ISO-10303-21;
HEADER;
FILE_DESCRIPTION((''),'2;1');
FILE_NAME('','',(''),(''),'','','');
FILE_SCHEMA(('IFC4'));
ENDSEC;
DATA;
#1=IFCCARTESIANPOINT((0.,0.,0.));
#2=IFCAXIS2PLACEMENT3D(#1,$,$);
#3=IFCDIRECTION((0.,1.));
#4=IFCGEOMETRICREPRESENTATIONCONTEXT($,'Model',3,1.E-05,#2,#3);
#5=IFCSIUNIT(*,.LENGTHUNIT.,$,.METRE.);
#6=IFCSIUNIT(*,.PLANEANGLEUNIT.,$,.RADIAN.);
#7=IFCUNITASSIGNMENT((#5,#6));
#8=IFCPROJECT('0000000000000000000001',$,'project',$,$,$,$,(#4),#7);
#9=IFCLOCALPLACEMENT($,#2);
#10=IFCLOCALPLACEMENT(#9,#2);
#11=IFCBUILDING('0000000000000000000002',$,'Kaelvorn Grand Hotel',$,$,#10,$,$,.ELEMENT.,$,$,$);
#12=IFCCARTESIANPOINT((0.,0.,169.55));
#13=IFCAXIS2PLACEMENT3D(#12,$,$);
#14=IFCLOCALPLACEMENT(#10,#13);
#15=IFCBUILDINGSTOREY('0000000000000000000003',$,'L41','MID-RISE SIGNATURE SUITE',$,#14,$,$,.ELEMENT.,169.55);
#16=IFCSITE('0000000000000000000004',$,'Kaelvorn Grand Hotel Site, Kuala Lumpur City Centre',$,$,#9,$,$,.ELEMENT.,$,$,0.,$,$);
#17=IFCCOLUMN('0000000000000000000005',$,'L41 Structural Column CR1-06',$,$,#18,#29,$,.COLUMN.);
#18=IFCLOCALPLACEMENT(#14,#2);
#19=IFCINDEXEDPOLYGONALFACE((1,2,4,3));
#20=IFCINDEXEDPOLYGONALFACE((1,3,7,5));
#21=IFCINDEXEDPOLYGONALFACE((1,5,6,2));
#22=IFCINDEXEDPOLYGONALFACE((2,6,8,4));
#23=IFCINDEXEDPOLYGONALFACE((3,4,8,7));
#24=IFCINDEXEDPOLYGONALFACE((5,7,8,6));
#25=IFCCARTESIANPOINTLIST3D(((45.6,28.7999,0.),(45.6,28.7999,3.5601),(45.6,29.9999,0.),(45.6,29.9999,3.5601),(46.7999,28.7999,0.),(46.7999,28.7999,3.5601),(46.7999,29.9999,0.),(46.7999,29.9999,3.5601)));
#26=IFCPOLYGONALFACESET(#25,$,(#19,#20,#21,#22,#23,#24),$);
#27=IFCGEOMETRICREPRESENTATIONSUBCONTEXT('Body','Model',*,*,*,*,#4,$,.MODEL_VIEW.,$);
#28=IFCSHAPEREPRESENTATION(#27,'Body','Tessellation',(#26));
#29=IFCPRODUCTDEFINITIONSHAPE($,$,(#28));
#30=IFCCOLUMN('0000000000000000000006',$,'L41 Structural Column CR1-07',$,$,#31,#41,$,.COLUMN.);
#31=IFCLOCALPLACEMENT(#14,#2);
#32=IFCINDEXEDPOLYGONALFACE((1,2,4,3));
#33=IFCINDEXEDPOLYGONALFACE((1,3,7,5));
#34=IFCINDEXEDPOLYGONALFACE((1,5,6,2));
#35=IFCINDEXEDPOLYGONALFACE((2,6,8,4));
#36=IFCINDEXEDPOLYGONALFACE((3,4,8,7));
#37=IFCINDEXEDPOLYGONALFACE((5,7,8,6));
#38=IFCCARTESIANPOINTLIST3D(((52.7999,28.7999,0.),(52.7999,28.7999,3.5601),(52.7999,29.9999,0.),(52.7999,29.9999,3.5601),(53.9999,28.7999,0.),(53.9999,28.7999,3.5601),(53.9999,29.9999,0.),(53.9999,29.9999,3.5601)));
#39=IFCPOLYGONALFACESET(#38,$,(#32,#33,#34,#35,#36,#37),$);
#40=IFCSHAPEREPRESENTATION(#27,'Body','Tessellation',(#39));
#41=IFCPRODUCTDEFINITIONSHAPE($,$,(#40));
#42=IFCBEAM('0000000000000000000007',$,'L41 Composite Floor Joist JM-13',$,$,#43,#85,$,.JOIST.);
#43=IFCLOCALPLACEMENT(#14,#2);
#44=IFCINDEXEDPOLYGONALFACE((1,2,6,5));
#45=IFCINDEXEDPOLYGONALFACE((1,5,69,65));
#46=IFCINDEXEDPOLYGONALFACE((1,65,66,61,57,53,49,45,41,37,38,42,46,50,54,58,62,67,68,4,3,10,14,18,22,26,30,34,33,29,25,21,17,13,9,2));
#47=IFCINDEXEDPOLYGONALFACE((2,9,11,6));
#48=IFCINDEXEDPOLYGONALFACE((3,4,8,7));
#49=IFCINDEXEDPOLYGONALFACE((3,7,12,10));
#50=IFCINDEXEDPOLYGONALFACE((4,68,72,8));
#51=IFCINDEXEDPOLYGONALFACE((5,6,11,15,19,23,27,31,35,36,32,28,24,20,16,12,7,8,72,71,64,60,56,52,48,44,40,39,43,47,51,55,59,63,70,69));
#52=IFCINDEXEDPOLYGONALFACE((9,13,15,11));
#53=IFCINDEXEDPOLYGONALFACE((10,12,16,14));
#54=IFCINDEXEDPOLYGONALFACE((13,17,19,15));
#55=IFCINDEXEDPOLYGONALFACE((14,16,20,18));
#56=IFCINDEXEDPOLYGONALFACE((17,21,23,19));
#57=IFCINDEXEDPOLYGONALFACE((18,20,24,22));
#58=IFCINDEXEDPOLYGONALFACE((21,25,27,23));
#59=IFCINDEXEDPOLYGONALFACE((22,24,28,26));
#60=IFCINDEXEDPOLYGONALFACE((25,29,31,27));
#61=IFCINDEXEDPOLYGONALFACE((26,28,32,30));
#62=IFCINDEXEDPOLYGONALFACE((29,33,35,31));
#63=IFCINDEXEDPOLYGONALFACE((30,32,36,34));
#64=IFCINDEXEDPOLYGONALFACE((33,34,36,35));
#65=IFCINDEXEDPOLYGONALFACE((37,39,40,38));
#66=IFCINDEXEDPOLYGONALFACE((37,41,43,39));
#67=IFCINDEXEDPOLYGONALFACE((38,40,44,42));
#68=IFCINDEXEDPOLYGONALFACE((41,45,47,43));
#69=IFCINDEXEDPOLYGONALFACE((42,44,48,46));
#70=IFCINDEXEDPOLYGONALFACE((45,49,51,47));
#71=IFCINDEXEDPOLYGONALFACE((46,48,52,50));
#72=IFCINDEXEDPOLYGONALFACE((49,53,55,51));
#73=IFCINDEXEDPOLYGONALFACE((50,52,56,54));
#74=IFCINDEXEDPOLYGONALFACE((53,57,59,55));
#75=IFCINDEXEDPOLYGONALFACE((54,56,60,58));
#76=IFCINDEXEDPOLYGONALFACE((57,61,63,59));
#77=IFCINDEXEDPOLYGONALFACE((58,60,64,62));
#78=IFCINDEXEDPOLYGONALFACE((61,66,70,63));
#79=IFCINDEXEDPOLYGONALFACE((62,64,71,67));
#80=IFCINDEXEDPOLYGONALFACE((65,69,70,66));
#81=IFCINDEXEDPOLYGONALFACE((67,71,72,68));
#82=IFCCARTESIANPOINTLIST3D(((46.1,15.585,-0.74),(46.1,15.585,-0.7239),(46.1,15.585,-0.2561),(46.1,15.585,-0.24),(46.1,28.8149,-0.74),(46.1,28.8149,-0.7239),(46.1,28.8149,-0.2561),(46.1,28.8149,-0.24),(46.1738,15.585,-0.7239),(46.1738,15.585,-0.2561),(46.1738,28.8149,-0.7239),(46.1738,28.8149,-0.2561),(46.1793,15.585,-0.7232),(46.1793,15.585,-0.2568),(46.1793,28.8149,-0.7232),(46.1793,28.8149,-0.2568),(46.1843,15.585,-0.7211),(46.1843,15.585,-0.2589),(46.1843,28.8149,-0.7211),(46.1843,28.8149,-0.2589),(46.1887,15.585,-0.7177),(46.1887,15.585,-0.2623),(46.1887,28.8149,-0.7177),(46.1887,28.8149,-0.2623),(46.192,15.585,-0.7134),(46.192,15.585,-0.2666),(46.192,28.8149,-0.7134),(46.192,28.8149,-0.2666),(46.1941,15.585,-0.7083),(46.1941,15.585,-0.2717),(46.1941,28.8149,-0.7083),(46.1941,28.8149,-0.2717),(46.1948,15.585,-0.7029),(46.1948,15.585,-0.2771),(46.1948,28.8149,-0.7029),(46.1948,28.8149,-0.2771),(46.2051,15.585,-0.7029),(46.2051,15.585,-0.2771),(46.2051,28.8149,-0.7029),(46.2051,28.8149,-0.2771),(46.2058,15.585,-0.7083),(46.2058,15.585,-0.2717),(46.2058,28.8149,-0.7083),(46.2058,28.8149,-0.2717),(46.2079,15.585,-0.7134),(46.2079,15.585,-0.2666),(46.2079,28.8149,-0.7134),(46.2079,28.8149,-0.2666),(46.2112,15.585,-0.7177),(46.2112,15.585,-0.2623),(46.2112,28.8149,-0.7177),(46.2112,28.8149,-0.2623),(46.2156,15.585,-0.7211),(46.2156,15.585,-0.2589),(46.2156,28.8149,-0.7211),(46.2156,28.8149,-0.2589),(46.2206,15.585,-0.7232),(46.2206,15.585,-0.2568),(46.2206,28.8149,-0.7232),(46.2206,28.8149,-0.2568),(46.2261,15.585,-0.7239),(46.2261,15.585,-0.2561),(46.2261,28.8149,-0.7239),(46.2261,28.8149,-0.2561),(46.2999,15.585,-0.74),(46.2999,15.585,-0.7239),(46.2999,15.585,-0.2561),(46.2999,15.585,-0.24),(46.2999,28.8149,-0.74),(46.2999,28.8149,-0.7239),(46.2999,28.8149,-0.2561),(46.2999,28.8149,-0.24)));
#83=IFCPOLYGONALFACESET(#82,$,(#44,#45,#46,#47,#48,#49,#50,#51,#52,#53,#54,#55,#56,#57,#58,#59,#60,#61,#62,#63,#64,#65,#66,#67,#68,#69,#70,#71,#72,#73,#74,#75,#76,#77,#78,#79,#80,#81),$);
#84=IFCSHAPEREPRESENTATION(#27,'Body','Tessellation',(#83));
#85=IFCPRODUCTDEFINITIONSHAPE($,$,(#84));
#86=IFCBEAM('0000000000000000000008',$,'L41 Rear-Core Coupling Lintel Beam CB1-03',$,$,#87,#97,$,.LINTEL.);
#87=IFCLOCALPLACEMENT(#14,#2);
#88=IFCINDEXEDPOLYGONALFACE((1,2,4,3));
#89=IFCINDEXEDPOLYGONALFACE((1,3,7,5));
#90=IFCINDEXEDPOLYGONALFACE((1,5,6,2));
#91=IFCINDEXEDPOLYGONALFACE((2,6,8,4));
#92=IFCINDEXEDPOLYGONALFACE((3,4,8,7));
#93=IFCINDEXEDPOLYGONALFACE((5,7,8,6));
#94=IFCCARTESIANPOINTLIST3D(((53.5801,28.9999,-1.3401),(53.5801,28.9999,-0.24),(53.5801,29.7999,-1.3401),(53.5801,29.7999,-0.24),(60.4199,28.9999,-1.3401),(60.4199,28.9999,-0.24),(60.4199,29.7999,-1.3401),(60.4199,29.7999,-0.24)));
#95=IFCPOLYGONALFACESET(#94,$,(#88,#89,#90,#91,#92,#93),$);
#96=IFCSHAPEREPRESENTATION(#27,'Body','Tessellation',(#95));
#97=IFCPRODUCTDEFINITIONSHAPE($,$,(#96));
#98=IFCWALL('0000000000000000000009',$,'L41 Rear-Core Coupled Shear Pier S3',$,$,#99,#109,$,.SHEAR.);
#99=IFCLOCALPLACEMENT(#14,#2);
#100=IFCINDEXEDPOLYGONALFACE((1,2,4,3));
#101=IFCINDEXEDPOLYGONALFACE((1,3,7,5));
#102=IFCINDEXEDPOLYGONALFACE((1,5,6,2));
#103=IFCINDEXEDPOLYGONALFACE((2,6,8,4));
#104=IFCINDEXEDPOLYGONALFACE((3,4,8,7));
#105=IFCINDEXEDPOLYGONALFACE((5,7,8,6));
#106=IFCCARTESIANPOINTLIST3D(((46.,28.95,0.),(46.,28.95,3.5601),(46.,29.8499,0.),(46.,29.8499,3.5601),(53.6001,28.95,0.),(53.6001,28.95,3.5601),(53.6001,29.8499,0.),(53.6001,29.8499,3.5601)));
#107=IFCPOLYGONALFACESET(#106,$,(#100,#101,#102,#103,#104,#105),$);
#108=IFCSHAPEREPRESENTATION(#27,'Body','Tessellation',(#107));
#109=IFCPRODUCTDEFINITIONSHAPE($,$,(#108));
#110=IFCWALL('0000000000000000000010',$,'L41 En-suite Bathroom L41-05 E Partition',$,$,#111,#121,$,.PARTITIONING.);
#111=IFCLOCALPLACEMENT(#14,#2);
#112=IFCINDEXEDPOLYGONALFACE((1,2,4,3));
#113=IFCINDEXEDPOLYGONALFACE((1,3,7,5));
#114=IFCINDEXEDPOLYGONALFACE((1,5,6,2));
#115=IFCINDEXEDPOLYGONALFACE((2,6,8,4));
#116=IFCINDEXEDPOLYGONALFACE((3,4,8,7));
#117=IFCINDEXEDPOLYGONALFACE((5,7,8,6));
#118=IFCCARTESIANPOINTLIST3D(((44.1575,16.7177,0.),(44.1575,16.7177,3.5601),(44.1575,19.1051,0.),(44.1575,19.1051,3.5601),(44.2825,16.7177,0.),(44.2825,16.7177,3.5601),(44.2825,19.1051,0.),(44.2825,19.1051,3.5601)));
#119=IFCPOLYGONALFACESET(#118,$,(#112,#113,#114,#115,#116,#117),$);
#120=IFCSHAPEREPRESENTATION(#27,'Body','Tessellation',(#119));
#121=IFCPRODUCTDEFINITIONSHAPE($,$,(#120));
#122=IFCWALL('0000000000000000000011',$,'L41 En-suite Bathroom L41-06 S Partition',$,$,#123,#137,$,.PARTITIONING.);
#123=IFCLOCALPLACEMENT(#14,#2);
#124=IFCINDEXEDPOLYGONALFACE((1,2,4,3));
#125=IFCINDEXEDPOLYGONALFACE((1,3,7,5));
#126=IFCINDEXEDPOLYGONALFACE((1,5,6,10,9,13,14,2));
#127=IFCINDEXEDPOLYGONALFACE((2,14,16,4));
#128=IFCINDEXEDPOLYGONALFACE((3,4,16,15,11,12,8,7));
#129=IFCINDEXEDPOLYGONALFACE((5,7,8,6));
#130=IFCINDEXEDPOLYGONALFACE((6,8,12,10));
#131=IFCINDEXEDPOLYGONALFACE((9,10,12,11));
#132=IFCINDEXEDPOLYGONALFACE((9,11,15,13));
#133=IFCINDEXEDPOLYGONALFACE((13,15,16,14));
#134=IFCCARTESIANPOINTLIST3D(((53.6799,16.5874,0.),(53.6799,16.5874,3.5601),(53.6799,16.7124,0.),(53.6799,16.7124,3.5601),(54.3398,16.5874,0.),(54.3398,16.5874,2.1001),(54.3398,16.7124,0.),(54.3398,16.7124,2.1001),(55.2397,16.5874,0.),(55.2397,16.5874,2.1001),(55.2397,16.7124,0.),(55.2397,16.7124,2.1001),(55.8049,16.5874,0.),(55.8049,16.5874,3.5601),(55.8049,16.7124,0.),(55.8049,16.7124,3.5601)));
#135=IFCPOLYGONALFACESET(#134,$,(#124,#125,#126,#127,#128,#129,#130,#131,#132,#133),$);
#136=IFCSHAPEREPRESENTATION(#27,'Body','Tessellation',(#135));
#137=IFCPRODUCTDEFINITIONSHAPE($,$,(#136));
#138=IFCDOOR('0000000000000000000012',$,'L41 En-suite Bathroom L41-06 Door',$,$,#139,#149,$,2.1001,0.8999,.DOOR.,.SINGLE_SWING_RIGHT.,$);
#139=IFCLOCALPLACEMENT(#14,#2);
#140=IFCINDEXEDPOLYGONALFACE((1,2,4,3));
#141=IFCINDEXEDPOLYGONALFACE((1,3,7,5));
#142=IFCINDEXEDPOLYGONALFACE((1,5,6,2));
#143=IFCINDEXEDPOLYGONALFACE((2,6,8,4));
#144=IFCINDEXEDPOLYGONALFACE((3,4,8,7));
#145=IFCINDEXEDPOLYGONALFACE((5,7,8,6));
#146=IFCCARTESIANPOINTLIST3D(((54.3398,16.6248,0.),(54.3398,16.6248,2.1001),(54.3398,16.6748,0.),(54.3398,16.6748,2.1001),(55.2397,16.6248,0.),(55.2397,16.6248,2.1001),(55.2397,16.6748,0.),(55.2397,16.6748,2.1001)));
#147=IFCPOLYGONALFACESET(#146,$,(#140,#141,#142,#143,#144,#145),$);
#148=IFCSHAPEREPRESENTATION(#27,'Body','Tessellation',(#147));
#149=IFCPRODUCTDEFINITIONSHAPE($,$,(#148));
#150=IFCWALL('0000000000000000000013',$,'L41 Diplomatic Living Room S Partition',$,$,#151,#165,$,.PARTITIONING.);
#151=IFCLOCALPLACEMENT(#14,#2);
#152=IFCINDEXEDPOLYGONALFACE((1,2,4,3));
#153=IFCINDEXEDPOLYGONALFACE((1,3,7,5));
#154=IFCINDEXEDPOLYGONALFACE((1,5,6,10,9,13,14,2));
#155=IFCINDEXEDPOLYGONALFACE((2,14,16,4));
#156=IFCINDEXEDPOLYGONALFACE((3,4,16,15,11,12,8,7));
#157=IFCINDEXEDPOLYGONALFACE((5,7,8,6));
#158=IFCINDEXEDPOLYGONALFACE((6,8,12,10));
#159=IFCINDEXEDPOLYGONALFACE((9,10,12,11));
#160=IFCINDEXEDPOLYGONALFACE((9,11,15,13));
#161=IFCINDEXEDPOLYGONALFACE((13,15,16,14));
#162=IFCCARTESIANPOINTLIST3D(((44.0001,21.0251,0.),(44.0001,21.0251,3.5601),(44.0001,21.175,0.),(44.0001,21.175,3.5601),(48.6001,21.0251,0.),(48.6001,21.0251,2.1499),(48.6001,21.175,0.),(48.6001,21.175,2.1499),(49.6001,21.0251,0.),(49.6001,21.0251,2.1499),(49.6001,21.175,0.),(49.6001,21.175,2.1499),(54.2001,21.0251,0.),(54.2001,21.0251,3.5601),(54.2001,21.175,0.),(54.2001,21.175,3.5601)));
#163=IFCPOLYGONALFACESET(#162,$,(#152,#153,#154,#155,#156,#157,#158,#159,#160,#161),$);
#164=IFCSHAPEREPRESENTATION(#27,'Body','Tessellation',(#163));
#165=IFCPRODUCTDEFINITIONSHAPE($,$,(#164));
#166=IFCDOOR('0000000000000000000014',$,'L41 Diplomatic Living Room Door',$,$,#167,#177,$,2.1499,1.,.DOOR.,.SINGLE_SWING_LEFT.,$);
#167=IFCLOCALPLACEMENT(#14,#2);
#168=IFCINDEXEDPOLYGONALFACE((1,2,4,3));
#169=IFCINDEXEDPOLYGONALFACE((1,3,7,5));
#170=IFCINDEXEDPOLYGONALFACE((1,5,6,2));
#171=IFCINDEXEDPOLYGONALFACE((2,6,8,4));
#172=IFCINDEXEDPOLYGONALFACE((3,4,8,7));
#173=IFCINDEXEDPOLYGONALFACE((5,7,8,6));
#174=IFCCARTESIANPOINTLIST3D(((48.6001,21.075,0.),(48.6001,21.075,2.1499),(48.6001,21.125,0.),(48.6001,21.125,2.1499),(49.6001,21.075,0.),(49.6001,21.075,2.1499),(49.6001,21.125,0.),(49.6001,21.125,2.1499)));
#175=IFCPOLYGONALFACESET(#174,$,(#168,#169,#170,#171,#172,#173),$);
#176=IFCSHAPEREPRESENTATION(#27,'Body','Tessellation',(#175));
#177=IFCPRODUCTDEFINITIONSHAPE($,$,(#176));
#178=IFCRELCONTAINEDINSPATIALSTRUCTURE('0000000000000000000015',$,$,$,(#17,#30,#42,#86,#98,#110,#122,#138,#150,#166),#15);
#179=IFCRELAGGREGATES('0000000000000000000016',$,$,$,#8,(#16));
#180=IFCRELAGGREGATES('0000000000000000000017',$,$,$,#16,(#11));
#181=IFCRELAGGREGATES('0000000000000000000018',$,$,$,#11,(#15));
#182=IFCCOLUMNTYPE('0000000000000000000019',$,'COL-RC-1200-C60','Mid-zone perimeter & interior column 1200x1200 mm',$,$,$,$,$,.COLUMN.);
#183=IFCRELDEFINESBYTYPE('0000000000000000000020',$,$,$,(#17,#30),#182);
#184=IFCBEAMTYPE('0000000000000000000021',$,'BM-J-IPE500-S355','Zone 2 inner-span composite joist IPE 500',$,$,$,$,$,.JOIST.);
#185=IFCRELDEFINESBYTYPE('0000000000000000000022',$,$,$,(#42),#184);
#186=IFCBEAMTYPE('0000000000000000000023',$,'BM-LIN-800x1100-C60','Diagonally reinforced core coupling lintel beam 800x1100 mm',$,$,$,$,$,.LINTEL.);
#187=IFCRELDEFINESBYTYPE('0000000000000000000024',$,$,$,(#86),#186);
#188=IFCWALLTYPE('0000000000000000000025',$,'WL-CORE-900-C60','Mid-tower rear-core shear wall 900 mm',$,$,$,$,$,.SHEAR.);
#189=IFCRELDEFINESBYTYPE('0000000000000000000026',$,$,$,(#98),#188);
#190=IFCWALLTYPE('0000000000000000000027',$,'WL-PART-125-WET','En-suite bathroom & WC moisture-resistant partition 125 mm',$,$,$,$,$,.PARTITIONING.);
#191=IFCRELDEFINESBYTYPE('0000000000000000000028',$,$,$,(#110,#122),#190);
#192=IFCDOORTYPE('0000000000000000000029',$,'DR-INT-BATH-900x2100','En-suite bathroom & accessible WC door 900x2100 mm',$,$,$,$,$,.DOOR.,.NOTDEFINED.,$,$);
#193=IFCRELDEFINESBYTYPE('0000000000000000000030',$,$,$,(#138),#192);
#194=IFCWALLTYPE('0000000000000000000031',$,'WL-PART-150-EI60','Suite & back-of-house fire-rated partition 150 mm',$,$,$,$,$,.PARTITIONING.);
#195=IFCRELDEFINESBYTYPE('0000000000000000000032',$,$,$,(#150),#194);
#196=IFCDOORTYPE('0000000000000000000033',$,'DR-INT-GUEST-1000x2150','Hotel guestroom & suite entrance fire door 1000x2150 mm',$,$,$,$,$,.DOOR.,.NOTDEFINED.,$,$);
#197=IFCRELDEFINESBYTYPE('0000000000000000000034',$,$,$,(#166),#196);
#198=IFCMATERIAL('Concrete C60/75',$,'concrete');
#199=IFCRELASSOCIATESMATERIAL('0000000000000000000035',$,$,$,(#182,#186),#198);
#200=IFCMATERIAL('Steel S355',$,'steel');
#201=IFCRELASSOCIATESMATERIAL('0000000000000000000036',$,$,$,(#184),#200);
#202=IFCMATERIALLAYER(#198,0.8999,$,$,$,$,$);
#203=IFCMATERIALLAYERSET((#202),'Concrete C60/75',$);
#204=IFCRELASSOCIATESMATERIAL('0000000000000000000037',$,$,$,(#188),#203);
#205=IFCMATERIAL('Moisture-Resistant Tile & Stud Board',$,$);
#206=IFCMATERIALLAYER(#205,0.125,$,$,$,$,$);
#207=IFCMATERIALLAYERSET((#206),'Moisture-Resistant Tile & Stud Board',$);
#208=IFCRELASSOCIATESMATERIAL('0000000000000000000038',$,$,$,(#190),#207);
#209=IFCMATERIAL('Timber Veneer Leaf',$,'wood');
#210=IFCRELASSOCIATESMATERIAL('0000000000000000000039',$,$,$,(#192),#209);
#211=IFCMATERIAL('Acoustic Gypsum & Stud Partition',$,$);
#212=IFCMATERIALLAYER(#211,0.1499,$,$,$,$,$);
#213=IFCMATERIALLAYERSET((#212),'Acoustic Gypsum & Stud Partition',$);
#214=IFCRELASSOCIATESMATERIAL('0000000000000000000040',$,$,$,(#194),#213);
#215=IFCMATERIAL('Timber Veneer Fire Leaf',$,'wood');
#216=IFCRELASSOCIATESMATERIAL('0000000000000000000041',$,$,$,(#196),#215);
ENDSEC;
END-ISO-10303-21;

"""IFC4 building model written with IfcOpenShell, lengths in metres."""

from ifc_helpers import new_model, si_unit, direction, frame, frame_2d, origin, origin_2d, place, context, subcontext, project, spatial, rectangle, i_section, extrude, material, layer, layer_set, material_profile, profile_set, type_object, element, fill, save


model = new_model("IFC4")

# Units and contexts
model_context = context("Model", 3, precision=1e-05, world=origin(), true_north=direction((0.0, 1.0)))
body_context = subcontext(model_context, "Body", "Model", "MODEL_VIEW")
ifc_project = project(units=[si_unit("LENGTHUNIT", "METRE"), si_unit("PLANEANGLEUNIT", "RADIAN")], contexts=[model_context])

# Site, building, storey
site_placement = place(None, origin())
site = spatial("IfcSite", under=ifc_project, at=site_placement, Name="Kaelvorn Grand Hotel Site, Kuala Lumpur City Centre", CompositionType="ELEMENT", RefElevation=0.0)
building_placement = place(site_placement, origin())
building = spatial("IfcBuilding", under=site, at=building_placement, Name="Kaelvorn Grand Hotel", CompositionType="ELEMENT")
storey_placement = place(building_placement, frame((0.0, 0.0, 169.55)))
storey = spatial("IfcBuildingStorey", under=building, at=storey_placement, Name="L41", Description="MID-RISE SIGNATURE SUITE", CompositionType="ELEMENT", Elevation=169.55)

# Columns
ifc_material_1 = material(Name="Concrete C60/75", Category="concrete")
ifc_material_profile_1 = material_profile(ifc_material_1, rectangle(XDim=1.2, YDim=1.2, at=origin_2d()), Name="RC COL 1200x1200")
ifc_profile_set_1 = profile_set([ifc_material_profile_1], Name="Concrete C60/75")
column_type = type_object("IfcColumnType", Name="COL-RC-1200-C60", Description="Mid-zone perimeter & interior column 1200x1200 mm", PredefinedType="COLUMN", material=ifc_profile_set_1)
for number, where, z_axis, x_axis, name in (
    (1, (46.2, 29.3999, 0.0), (0.0, 0.0, 1.0), (1.0, 0.0, 0.0), "L41 Structural Column CR1-06"),
    (2, (53.3999, 29.3999, 0.0), (0.0, 0.0, 1.0), (1.0, 0.0, 0.0), "L41 Structural Column CR1-07"),
):
    element("IfcColumn", number, at=place(storey_placement, frame(where, z_axis=z_axis, x_axis=x_axis)), inside=storey, type_object=column_type, Name=name, PredefinedType="COLUMN", context=body_context, shape_type="SweptSolid", body=[
        extrude(rectangle(XDim=1.2, YDim=1.2, at=origin_2d()), origin(), (0.0, 0.0, 1.0), 3.5601),
    ])

# Beams
ifc_material_2 = material(Name="Steel S355", Category="steel")
ifc_material_profile_2 = material_profile(ifc_material_2, i_section(OverallWidth=0.2, OverallDepth=0.5, WebThickness=0.0103, FlangeThickness=0.0161, FilletRadius=0.021, at=origin_2d()), Name="IPE 500")
ifc_profile_set_2 = profile_set([ifc_material_profile_2], Name="Steel S355")
beam_type_1 = type_object("IfcBeamType", Name="BM-J-IPE500-S355", Description="Zone 2 inner-span composite joist IPE 500", PredefinedType="JOIST", material=ifc_profile_set_2)
beam_1_placement = place(storey_placement, frame((46.2, 15.585, -0.49), z_axis=(0.0, 1.0, 0.0), x_axis=(-1.0, 0.0, 0.0)))
element("IfcBeam", 3, at=beam_1_placement, inside=storey, type_object=beam_type_1, Name="L41 Composite Floor Joist JM-13", PredefinedType="JOIST", context=body_context, shape_type="SweptSolid", body=[
    extrude(i_section(OverallWidth=0.2, OverallDepth=0.5, WebThickness=0.0103, FlangeThickness=0.0161, FilletRadius=0.021, at=origin_2d()), origin(), (0.0, 0.0, 1.0), 13.23),
])
ifc_material_profile_3 = material_profile(ifc_material_1, rectangle(XDim=0.8, YDim=1.1001, at=origin_2d()), Name="RC LINTEL 800x1100")
ifc_profile_set_3 = profile_set([ifc_material_profile_3], Name="Concrete C60/75")
beam_type_2 = type_object("IfcBeamType", Name="BM-LIN-800x1100-C60", Description="Diagonally reinforced core coupling lintel beam 800x1100 mm", PredefinedType="LINTEL", material=ifc_profile_set_3)
beam_2_placement = place(storey_placement, frame((53.5801, 29.3999, -0.79), z_axis=(1.0, 0.0, 0.0), x_axis=(0.0, 1.0, 0.0)))
element("IfcBeam", 4, at=beam_2_placement, inside=storey, type_object=beam_type_2, Name="L41 Rear-Core Coupling Lintel Beam CB1-03", PredefinedType="LINTEL", context=body_context, shape_type="SweptSolid", body=[
    extrude(rectangle(XDim=0.8, YDim=1.1001, at=origin_2d()), origin(), (0.0, 0.0, 1.0), 6.8398),
])

# Walls
ifc_layer_1 = layer(ifc_material_1, 0.8999)
ifc_layer_set_1 = layer_set([ifc_layer_1], Name="Concrete C60/75")
wall_type_1 = type_object("IfcWallType", Name="WL-CORE-900-C60", Description="Mid-tower rear-core shear wall 900 mm", PredefinedType="SHEAR", material=ifc_layer_set_1)
wall_1_placement = place(storey_placement, frame((46.0, 29.3999, 0.0), z_axis=(0.0, 0.0, 1.0), x_axis=(1.0, 0.0, 0.0)))
element("IfcWall", 5, at=wall_1_placement, inside=storey, type_object=wall_type_1, Name="L41 Rear-Core Coupled Shear Pier S3", PredefinedType="SHEAR", context=body_context, shape_type="SweptSolid", body=[
    extrude(rectangle(XDim=7.6001, YDim=0.8999, at=frame_2d((3.8, 0.0))), origin(), (0.0, 0.0, 1.0), 3.5601),
])
ifc_material_3 = material(Name="Moisture-Resistant Tile & Stud Board")
ifc_layer_2 = layer(ifc_material_3, 0.125)
ifc_layer_set_2 = layer_set([ifc_layer_2], Name="Moisture-Resistant Tile & Stud Board")
wall_type_2 = type_object("IfcWallType", Name="WL-PART-125-WET", Description="En-suite bathroom & WC moisture-resistant partition 125 mm", PredefinedType="PARTITIONING", material=ifc_layer_set_2)
wall_2_placement = place(storey_placement, frame((44.22, 16.7175, 0.0), z_axis=(0.0, 0.0, 1.0), x_axis=(0.0, 1.0, 0.0)))
element("IfcWall", 6, at=wall_2_placement, inside=storey, type_object=wall_type_2, Name="L41 En-suite Bathroom L41-05 E Partition", PredefinedType="PARTITIONING", context=body_context, shape_type="SweptSolid", body=[
    extrude(rectangle(XDim=2.3875, YDim=0.125, at=frame_2d((1.1938, 0.0))), origin(), (0.0, 0.0, 1.0), 3.5601),
])

# Walls, openings, doors
wall_3_placement = place(storey_placement, frame((53.6799, 16.6499, 0.0), z_axis=(0.0, 0.0, 1.0), x_axis=(1.0, 0.0, 0.0)))
wall_3 = element("IfcWall", 7, at=wall_3_placement, inside=storey, type_object=wall_type_2, Name="L41 En-suite Bathroom L41-06 S Partition", PredefinedType="PARTITIONING", context=body_context, shape_type="SweptSolid", body=[
    extrude(rectangle(XDim=2.125, YDim=0.125, at=frame_2d((1.0625, 0.0))), origin(), (0.0, 0.0, 1.0), 3.5601),
])
opening_1_placement = place(wall_3_placement, frame((0.6599, 0.0, 0.0)))
opening_1 = element("IfcOpeningElement", 8, at=opening_1_placement, cuts=wall_3, PredefinedType="OPENING", context=body_context, shape_type="SweptSolid", body=[
    extrude(rectangle(XDim=0.8999, YDim=2.1001, at=frame_2d((0.45, 1.05))), frame((0.0, 0.0725, 0.0), z_axis=(0.0, -1.0, 0.0), x_axis=(1.0, 0.0, 0.0)), (0.0, 0.0, 1.0), 0.145),
])
ifc_material_4 = material(Name="Timber Veneer Leaf", Category="wood")
door_type_1 = type_object("IfcDoorType", Name="DR-INT-BATH-900x2100", Description="En-suite bathroom & accessible WC door 900x2100 mm", OperationType="NOTDEFINED", PredefinedType="DOOR", material=ifc_material_4)
door_1_placement = place(opening_1_placement, origin())
door_1 = element("IfcDoor", 9, at=door_1_placement, inside=storey, type_object=door_type_1, Name="L41 En-suite Bathroom L41-06 Door", OperationType="SINGLE_SWING_RIGHT", OverallHeight=2.1001, OverallWidth=0.8999, PredefinedType="DOOR", context=body_context, shape_type="SweptSolid", body=[
    extrude(rectangle(XDim=0.8999, YDim=2.1001, at=frame_2d((0.45, 1.05))), frame((0.0, 0.0249, 0.0), z_axis=(0.0, -1.0, 0.0), x_axis=(1.0, 0.0, 0.0)), (0.0, 0.0, 1.0), 0.05),
])
fill(opening_1, door_1)
ifc_material_5 = material(Name="Acoustic Gypsum & Stud Partition")
ifc_layer_3 = layer(ifc_material_5, 0.1499)
ifc_layer_set_3 = layer_set([ifc_layer_3], Name="Acoustic Gypsum & Stud Partition")
wall_type_3 = type_object("IfcWallType", Name="WL-PART-150-EI60", Description="Suite & back-of-house fire-rated partition 150 mm", PredefinedType="PARTITIONING", material=ifc_layer_set_3)
wall_4_placement = place(storey_placement, frame((44.0, 21.1001, 0.0), z_axis=(0.0, 0.0, 1.0), x_axis=(1.0, 0.0, 0.0)))
wall_4 = element("IfcWall", 10, at=wall_4_placement, inside=storey, type_object=wall_type_3, Name="L41 Diplomatic Living Room S Partition", PredefinedType="PARTITIONING", context=body_context, shape_type="SweptSolid", body=[
    extrude(rectangle(XDim=10.2, YDim=0.1499, at=frame_2d((5.1001, 0.0))), origin(), (0.0, 0.0, 1.0), 3.5601),
])
opening_2_placement = place(wall_4_placement, frame((4.6001, 0.0, 0.0)))
opening_2 = element("IfcOpeningElement", 11, at=opening_2_placement, cuts=wall_4, PredefinedType="OPENING", context=body_context, shape_type="SweptSolid", body=[
    extrude(rectangle(XDim=1.0, YDim=2.1499, at=frame_2d((0.5, 1.075))), frame((0.0, 0.085, 0.0), z_axis=(0.0, -1.0, 0.0), x_axis=(1.0, 0.0, 0.0)), (0.0, 0.0, 1.0), 0.1699),
])
ifc_material_6 = material(Name="Timber Veneer Fire Leaf", Category="wood")
door_type_2 = type_object("IfcDoorType", Name="DR-INT-GUEST-1000x2150", Description="Hotel guestroom & suite entrance fire door 1000x2150 mm", OperationType="NOTDEFINED", PredefinedType="DOOR", material=ifc_material_6)
door_2_placement = place(opening_2_placement, origin())
door_2 = element("IfcDoor", 12, at=door_2_placement, inside=storey, type_object=door_type_2, Name="L41 Diplomatic Living Room Door", OperationType="SINGLE_SWING_LEFT", OverallHeight=2.1499, OverallWidth=1.0, PredefinedType="DOOR", context=body_context, shape_type="SweptSolid", body=[
    extrude(rectangle(XDim=1.0, YDim=2.1499, at=frame_2d((0.5, 1.075))), frame((0.0, 0.0249, 0.0), z_axis=(0.0, -1.0, 0.0), x_axis=(1.0, 0.0, 0.0)), (0.0, 0.0, 1.0), 0.05),
])
fill(opening_2, door_2)

save(model, "model.ifc")
